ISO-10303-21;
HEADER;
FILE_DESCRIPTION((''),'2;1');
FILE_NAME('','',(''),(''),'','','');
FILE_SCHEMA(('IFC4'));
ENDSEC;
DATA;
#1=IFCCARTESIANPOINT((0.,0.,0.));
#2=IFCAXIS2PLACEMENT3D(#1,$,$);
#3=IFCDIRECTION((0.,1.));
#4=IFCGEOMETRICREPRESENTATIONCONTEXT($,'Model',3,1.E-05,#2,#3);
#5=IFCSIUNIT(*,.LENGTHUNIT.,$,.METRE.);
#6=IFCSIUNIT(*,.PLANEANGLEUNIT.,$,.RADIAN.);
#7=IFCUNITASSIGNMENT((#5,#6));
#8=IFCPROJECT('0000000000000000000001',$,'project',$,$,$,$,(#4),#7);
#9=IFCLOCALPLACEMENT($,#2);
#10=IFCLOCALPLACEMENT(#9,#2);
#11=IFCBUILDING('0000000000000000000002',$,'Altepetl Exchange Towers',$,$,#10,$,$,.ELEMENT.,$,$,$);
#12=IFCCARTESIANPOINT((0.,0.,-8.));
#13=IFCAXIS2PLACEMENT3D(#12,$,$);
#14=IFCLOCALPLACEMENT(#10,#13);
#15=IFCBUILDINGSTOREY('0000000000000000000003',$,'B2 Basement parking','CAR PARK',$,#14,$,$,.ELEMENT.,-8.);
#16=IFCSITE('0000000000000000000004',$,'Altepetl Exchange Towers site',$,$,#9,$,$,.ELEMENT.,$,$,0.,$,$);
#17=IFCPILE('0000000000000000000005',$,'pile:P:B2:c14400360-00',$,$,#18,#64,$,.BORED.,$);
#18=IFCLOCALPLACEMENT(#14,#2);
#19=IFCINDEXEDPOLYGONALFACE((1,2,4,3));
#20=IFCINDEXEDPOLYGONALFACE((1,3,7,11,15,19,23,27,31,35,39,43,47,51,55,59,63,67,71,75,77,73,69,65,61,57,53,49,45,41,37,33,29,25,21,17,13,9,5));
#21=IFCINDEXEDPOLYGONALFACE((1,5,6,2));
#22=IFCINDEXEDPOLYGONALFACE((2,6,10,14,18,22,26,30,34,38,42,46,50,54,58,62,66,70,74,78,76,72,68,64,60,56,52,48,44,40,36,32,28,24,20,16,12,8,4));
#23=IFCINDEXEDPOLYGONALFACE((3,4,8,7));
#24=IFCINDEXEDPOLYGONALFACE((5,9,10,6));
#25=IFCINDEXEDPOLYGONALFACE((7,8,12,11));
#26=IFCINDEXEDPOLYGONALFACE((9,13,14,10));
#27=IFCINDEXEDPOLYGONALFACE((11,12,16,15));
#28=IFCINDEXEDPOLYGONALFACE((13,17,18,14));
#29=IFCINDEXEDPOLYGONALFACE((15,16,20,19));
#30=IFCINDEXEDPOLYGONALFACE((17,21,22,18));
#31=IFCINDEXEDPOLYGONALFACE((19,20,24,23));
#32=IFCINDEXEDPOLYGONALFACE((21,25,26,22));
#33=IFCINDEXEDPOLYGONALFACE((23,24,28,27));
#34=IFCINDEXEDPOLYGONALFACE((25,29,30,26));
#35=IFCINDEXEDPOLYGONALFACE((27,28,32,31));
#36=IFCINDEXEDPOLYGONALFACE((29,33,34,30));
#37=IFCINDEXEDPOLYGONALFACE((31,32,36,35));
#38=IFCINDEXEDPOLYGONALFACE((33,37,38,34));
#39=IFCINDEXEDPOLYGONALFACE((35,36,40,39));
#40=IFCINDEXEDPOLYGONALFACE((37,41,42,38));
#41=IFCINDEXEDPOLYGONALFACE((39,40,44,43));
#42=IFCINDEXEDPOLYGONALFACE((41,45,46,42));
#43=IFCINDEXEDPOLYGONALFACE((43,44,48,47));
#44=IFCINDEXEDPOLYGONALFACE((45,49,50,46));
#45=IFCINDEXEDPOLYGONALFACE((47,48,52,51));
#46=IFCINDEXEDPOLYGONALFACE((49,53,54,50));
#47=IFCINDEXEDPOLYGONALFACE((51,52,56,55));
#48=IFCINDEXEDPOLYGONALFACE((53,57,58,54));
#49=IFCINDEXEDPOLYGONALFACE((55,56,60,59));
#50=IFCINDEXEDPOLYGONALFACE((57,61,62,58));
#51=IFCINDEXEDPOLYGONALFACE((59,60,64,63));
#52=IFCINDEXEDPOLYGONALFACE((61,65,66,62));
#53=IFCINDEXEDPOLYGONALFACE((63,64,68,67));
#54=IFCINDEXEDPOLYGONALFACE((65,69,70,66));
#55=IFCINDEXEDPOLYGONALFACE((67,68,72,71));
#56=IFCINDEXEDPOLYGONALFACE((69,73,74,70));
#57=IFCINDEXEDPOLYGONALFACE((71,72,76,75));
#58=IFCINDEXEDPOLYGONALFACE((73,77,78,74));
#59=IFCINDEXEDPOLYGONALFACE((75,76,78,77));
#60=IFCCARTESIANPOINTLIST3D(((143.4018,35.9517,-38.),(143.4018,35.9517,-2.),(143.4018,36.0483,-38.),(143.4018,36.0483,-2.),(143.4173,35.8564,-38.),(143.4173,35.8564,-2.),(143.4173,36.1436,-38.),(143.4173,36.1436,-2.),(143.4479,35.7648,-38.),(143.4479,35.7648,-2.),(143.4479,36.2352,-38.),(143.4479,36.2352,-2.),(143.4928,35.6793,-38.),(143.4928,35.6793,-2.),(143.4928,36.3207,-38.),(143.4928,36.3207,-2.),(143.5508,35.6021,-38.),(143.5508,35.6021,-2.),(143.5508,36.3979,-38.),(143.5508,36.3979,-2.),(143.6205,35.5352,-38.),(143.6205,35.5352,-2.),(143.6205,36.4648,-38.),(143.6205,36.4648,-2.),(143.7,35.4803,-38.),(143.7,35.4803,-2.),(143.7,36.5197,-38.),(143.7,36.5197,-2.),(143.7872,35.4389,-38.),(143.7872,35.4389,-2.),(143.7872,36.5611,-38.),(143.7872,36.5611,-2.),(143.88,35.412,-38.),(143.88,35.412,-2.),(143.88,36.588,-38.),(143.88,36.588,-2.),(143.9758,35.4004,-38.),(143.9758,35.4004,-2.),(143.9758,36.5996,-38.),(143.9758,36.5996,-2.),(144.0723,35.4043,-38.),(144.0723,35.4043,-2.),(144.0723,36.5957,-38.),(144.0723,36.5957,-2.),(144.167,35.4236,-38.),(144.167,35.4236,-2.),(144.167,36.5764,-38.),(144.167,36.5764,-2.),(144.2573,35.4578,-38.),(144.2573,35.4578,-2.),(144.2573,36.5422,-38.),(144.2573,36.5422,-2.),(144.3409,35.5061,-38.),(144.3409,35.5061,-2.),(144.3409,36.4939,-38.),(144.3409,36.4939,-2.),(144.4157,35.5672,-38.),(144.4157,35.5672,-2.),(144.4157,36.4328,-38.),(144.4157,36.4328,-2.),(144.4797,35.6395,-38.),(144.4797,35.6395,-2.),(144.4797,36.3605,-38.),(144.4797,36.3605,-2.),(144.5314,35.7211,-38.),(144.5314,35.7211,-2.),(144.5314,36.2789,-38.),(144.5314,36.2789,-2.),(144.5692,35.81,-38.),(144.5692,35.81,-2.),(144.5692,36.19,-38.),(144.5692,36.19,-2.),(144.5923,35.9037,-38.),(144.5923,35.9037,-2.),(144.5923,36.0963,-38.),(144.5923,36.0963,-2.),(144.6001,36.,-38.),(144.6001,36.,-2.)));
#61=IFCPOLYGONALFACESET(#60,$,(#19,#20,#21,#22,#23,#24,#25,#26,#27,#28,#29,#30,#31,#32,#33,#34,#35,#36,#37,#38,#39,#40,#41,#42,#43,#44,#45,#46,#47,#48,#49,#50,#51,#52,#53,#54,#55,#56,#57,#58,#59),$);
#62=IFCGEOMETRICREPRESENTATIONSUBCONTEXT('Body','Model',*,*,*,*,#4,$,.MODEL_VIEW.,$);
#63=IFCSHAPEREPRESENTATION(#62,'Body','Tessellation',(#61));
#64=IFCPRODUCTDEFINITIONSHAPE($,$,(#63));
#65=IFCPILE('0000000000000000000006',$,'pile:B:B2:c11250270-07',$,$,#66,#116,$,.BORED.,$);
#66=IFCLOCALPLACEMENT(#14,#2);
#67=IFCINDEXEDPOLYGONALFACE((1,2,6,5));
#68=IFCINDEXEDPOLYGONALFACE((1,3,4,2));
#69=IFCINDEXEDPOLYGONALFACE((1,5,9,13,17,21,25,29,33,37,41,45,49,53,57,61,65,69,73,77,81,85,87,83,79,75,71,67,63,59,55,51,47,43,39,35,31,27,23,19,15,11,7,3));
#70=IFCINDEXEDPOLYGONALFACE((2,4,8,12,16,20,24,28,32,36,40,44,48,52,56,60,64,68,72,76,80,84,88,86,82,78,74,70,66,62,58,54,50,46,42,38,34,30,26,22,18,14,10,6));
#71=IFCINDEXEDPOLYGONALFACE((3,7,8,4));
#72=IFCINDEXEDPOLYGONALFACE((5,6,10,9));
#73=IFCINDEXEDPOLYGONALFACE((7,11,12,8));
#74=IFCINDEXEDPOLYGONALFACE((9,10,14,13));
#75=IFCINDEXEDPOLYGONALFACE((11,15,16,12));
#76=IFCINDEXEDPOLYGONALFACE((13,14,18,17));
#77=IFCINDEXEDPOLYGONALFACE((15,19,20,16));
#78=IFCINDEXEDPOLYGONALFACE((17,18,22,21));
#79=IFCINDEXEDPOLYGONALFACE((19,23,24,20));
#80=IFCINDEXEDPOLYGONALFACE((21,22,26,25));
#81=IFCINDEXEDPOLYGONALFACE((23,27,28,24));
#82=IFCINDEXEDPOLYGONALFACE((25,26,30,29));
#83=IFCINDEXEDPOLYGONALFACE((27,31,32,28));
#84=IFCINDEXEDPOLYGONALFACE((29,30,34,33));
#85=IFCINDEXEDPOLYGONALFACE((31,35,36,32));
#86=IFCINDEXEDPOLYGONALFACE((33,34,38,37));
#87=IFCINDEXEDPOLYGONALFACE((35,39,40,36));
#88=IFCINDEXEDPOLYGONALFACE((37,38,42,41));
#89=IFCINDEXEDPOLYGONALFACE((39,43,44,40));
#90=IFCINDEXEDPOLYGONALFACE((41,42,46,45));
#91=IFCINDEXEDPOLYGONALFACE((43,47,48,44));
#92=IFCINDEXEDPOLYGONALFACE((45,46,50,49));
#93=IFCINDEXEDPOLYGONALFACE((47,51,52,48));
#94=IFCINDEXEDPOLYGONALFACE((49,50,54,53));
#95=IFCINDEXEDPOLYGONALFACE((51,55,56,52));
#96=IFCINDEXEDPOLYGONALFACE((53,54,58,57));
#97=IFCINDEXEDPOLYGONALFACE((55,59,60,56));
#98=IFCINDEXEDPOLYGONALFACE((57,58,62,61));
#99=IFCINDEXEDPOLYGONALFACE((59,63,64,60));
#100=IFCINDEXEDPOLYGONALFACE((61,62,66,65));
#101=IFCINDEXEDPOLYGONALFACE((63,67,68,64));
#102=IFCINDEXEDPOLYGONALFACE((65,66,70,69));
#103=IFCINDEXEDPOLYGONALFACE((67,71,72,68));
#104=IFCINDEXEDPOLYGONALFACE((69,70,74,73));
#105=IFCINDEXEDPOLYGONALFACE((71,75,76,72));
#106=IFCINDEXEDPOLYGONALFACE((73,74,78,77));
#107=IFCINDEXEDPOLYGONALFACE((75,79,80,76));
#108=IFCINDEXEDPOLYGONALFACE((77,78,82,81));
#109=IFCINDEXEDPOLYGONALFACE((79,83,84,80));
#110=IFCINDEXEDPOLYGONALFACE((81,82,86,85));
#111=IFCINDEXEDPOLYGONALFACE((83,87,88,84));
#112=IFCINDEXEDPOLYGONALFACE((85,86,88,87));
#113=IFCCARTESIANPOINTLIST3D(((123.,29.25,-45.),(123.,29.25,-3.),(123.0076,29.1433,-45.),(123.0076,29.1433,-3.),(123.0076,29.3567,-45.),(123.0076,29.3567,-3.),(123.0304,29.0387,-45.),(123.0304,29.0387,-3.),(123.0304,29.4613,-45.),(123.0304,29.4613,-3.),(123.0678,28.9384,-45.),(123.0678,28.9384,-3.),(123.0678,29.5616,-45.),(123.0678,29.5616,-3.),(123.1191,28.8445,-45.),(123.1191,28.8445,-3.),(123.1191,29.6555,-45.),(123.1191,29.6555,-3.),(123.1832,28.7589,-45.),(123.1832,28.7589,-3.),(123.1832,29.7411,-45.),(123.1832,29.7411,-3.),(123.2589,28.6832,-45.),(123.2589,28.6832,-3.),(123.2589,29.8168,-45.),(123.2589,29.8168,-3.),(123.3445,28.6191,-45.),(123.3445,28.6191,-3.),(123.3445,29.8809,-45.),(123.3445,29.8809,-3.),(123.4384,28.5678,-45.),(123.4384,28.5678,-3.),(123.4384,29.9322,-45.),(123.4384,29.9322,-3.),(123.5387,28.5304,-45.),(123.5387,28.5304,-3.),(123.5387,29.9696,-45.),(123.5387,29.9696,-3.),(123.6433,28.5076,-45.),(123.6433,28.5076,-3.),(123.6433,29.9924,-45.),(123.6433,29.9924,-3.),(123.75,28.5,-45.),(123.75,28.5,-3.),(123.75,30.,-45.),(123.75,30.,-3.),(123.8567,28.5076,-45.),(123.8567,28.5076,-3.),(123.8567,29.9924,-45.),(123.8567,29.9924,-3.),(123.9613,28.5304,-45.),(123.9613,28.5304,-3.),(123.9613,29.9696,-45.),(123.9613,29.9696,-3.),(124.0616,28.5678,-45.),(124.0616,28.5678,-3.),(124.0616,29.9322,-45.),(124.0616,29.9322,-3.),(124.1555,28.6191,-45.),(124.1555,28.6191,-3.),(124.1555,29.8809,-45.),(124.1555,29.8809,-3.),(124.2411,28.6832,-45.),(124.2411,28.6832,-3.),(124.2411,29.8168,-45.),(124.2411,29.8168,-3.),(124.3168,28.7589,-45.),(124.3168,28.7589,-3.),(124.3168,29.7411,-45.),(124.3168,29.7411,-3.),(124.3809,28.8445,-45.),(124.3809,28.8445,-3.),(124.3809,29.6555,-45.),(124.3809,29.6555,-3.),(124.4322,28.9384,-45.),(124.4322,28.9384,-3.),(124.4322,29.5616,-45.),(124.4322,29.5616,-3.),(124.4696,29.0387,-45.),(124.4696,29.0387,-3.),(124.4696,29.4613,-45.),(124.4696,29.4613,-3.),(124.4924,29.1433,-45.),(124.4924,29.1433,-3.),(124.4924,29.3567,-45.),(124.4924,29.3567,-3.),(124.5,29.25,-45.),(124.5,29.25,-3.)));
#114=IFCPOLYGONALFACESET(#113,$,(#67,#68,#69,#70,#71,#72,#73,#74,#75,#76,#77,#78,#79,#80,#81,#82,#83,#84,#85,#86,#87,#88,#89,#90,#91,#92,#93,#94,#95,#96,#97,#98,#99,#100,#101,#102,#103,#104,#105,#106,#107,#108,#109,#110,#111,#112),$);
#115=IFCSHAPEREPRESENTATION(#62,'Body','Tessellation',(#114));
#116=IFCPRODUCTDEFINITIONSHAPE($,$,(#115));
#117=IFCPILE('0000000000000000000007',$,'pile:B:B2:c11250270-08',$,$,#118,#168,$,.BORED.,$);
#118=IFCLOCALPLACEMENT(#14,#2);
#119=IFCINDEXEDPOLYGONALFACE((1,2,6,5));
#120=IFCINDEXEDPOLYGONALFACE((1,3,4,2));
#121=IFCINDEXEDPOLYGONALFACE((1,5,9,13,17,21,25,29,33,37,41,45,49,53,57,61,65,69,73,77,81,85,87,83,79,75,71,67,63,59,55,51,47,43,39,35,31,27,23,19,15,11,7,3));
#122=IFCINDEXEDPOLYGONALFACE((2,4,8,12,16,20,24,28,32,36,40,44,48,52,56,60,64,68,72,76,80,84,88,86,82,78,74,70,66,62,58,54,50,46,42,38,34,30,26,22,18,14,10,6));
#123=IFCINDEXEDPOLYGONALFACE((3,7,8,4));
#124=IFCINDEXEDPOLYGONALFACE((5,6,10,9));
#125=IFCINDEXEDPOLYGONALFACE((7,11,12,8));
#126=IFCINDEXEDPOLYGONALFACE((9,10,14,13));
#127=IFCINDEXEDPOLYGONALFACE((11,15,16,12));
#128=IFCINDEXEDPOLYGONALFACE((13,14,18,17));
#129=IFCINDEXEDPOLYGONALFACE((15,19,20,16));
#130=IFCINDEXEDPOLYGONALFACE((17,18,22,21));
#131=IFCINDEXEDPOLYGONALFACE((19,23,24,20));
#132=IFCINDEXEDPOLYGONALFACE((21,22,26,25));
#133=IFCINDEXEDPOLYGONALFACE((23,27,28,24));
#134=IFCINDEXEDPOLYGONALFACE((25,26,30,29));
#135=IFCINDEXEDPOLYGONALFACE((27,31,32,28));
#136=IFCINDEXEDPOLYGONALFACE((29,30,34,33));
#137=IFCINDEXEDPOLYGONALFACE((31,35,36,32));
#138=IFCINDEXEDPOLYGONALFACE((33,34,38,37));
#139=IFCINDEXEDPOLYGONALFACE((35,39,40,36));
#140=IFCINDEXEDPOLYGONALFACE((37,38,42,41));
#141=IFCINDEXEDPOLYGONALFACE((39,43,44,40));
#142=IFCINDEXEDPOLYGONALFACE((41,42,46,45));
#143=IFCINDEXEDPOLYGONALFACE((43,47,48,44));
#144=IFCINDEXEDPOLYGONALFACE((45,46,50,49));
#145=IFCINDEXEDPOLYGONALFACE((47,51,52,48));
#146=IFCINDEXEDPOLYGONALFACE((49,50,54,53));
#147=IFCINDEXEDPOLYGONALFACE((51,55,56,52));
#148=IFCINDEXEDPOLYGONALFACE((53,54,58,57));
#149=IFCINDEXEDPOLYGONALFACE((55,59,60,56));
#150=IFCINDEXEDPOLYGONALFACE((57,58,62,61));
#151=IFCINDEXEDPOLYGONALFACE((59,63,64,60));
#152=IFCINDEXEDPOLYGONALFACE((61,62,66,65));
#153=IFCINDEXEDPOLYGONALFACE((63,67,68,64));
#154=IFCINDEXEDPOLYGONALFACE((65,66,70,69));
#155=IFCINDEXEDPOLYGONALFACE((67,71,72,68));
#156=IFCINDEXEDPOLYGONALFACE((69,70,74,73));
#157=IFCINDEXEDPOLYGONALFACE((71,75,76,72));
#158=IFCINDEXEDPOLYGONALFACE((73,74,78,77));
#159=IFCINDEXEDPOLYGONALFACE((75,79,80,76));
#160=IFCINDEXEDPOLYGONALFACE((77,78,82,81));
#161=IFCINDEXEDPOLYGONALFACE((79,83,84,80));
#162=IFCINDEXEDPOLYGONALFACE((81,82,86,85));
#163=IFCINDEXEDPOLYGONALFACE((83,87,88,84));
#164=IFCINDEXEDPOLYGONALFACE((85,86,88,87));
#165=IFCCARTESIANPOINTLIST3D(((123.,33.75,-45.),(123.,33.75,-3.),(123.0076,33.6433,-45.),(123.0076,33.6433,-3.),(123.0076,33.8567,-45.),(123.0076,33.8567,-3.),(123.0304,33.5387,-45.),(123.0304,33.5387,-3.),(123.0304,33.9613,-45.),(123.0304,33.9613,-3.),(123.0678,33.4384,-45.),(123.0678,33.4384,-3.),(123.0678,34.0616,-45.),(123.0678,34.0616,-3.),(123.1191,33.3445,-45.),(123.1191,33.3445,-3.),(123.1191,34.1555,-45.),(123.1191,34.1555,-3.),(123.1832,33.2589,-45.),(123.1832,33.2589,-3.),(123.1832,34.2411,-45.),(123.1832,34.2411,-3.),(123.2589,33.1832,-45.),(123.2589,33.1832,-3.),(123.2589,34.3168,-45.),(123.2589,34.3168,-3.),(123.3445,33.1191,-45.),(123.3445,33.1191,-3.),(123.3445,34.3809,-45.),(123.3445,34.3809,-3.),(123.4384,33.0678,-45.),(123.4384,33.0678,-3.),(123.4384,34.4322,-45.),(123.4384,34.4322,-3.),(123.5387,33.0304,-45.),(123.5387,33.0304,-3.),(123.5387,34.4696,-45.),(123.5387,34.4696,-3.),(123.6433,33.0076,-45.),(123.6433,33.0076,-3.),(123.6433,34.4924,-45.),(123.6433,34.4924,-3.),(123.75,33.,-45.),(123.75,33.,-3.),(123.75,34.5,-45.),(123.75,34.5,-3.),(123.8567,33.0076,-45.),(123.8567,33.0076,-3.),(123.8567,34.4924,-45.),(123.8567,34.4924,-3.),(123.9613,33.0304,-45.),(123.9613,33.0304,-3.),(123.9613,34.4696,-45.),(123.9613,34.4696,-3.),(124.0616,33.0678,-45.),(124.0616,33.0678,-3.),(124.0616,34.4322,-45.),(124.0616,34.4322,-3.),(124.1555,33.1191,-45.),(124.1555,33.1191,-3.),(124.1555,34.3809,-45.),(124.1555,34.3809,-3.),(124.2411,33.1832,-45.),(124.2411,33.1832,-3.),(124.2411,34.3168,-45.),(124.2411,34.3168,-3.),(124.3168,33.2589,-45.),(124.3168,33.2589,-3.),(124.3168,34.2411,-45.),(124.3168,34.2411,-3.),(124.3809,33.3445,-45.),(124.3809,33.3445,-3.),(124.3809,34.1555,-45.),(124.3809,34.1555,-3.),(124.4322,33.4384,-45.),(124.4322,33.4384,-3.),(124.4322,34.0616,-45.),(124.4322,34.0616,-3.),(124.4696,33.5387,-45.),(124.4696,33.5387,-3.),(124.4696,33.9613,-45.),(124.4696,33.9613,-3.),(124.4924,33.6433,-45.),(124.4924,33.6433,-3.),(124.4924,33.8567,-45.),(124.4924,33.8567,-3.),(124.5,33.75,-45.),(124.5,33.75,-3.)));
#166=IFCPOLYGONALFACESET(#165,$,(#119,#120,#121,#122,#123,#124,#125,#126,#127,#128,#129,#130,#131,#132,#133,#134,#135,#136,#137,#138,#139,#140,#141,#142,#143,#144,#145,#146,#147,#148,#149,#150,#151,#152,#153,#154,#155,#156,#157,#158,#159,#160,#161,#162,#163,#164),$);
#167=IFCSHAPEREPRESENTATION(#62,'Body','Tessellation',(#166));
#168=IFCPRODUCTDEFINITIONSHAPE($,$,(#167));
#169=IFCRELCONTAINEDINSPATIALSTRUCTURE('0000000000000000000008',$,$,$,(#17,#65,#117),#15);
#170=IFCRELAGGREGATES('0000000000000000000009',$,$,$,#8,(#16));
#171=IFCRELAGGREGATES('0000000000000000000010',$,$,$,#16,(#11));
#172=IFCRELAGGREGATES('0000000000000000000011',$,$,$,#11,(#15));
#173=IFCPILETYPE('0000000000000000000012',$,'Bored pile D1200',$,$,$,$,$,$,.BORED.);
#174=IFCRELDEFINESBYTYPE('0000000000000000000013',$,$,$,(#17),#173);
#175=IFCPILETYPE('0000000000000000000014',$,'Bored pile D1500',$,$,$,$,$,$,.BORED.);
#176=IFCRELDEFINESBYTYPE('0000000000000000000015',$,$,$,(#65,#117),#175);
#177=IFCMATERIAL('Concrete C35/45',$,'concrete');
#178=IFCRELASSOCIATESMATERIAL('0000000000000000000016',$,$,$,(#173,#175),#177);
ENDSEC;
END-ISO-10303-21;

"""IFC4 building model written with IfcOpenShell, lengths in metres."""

from ifc_helpers import new_model, si_unit, direction, frame, origin, origin_2d, place, context, subcontext, project, spatial, circle, extrude, material, material_profile, profile_set, type_object, element, save


model = new_model("IFC4")

# Units and contexts
model_context = context("Model", 3, precision=1e-05, world=origin(), true_north=direction((0.0, 1.0)))
body_context = subcontext(model_context, "Body", "Model", "MODEL_VIEW")
ifc_project = project(units=[si_unit("LENGTHUNIT", "METRE"), si_unit("PLANEANGLEUNIT", "RADIAN")], contexts=[model_context])

# Site, building, storey
site_placement = place(None, origin())
site = spatial("IfcSite", under=ifc_project, at=site_placement, Name="Altepetl Exchange Towers site", CompositionType="ELEMENT", RefElevation=0.0)
building_placement = place(site_placement, origin())
building = spatial("IfcBuilding", under=site, at=building_placement, Name="Altepetl Exchange Towers", CompositionType="ELEMENT")
storey_placement = place(building_placement, frame((0.0, 0.0, -8.0)))
storey = spatial("IfcBuildingStorey", under=building, at=storey_placement, Name="B2 Basement parking", Description="CAR PARK", CompositionType="ELEMENT", Elevation=-8.0)

# Piles
ifc_material_1 = material(Name="Concrete C35/45", Category="concrete")
ifc_material_profile_1 = material_profile(ifc_material_1, circle(Radius=0.6001, at=origin_2d()), Name="D1200")
ifc_profile_set_1 = profile_set([ifc_material_profile_1], Name="Concrete C35/45")
pile_type_1 = type_object("IfcPileType", Name="Bored pile D1200", PredefinedType="BORED", material=ifc_profile_set_1)
pile_placement = place(storey_placement, frame((144.0, 36.0, -2.0), z_axis=(0.0, 0.0, -1.0), x_axis=(1.0, 0.0, 0.0)))
element("IfcPile", 1, at=pile_placement, inside=storey, type_object=pile_type_1, Name="pile:P:B2:c14400360-00", PredefinedType="BORED", context=body_context, shape_type="SweptSolid", body=[
    extrude(circle(Radius=0.6001, at=origin_2d()), origin(), (0.0, 0.0, 1.0), 36.0),
])
ifc_material_profile_2 = material_profile(ifc_material_1, circle(Radius=0.75, at=origin_2d()), Name="D1500")
ifc_profile_set_2 = profile_set([ifc_material_profile_2], Name="Concrete C35/45")
pile_type_2 = type_object("IfcPileType", Name="Bored pile D1500", PredefinedType="BORED", material=ifc_profile_set_2)
for number, where, z_axis, x_axis, name in (
    (2, (123.75, 29.25, -3.0), (0.0, 0.0, -1.0), (1.0, 0.0, 0.0), "pile:B:B2:c11250270-07"),
    (3, (123.75, 33.75, -3.0), (0.0, 0.0, -1.0), (1.0, 0.0, 0.0), "pile:B:B2:c11250270-08"),
):
    element("IfcPile", number, at=place(storey_placement, frame(where, z_axis=z_axis, x_axis=x_axis)), inside=storey, type_object=pile_type_2, Name=name, PredefinedType="BORED", context=body_context, shape_type="SweptSolid", body=[
        extrude(circle(Radius=0.75, at=origin_2d()), origin(), (0.0, 0.0, 1.0), 42.0),
    ])

save(model, "model.ifc")
